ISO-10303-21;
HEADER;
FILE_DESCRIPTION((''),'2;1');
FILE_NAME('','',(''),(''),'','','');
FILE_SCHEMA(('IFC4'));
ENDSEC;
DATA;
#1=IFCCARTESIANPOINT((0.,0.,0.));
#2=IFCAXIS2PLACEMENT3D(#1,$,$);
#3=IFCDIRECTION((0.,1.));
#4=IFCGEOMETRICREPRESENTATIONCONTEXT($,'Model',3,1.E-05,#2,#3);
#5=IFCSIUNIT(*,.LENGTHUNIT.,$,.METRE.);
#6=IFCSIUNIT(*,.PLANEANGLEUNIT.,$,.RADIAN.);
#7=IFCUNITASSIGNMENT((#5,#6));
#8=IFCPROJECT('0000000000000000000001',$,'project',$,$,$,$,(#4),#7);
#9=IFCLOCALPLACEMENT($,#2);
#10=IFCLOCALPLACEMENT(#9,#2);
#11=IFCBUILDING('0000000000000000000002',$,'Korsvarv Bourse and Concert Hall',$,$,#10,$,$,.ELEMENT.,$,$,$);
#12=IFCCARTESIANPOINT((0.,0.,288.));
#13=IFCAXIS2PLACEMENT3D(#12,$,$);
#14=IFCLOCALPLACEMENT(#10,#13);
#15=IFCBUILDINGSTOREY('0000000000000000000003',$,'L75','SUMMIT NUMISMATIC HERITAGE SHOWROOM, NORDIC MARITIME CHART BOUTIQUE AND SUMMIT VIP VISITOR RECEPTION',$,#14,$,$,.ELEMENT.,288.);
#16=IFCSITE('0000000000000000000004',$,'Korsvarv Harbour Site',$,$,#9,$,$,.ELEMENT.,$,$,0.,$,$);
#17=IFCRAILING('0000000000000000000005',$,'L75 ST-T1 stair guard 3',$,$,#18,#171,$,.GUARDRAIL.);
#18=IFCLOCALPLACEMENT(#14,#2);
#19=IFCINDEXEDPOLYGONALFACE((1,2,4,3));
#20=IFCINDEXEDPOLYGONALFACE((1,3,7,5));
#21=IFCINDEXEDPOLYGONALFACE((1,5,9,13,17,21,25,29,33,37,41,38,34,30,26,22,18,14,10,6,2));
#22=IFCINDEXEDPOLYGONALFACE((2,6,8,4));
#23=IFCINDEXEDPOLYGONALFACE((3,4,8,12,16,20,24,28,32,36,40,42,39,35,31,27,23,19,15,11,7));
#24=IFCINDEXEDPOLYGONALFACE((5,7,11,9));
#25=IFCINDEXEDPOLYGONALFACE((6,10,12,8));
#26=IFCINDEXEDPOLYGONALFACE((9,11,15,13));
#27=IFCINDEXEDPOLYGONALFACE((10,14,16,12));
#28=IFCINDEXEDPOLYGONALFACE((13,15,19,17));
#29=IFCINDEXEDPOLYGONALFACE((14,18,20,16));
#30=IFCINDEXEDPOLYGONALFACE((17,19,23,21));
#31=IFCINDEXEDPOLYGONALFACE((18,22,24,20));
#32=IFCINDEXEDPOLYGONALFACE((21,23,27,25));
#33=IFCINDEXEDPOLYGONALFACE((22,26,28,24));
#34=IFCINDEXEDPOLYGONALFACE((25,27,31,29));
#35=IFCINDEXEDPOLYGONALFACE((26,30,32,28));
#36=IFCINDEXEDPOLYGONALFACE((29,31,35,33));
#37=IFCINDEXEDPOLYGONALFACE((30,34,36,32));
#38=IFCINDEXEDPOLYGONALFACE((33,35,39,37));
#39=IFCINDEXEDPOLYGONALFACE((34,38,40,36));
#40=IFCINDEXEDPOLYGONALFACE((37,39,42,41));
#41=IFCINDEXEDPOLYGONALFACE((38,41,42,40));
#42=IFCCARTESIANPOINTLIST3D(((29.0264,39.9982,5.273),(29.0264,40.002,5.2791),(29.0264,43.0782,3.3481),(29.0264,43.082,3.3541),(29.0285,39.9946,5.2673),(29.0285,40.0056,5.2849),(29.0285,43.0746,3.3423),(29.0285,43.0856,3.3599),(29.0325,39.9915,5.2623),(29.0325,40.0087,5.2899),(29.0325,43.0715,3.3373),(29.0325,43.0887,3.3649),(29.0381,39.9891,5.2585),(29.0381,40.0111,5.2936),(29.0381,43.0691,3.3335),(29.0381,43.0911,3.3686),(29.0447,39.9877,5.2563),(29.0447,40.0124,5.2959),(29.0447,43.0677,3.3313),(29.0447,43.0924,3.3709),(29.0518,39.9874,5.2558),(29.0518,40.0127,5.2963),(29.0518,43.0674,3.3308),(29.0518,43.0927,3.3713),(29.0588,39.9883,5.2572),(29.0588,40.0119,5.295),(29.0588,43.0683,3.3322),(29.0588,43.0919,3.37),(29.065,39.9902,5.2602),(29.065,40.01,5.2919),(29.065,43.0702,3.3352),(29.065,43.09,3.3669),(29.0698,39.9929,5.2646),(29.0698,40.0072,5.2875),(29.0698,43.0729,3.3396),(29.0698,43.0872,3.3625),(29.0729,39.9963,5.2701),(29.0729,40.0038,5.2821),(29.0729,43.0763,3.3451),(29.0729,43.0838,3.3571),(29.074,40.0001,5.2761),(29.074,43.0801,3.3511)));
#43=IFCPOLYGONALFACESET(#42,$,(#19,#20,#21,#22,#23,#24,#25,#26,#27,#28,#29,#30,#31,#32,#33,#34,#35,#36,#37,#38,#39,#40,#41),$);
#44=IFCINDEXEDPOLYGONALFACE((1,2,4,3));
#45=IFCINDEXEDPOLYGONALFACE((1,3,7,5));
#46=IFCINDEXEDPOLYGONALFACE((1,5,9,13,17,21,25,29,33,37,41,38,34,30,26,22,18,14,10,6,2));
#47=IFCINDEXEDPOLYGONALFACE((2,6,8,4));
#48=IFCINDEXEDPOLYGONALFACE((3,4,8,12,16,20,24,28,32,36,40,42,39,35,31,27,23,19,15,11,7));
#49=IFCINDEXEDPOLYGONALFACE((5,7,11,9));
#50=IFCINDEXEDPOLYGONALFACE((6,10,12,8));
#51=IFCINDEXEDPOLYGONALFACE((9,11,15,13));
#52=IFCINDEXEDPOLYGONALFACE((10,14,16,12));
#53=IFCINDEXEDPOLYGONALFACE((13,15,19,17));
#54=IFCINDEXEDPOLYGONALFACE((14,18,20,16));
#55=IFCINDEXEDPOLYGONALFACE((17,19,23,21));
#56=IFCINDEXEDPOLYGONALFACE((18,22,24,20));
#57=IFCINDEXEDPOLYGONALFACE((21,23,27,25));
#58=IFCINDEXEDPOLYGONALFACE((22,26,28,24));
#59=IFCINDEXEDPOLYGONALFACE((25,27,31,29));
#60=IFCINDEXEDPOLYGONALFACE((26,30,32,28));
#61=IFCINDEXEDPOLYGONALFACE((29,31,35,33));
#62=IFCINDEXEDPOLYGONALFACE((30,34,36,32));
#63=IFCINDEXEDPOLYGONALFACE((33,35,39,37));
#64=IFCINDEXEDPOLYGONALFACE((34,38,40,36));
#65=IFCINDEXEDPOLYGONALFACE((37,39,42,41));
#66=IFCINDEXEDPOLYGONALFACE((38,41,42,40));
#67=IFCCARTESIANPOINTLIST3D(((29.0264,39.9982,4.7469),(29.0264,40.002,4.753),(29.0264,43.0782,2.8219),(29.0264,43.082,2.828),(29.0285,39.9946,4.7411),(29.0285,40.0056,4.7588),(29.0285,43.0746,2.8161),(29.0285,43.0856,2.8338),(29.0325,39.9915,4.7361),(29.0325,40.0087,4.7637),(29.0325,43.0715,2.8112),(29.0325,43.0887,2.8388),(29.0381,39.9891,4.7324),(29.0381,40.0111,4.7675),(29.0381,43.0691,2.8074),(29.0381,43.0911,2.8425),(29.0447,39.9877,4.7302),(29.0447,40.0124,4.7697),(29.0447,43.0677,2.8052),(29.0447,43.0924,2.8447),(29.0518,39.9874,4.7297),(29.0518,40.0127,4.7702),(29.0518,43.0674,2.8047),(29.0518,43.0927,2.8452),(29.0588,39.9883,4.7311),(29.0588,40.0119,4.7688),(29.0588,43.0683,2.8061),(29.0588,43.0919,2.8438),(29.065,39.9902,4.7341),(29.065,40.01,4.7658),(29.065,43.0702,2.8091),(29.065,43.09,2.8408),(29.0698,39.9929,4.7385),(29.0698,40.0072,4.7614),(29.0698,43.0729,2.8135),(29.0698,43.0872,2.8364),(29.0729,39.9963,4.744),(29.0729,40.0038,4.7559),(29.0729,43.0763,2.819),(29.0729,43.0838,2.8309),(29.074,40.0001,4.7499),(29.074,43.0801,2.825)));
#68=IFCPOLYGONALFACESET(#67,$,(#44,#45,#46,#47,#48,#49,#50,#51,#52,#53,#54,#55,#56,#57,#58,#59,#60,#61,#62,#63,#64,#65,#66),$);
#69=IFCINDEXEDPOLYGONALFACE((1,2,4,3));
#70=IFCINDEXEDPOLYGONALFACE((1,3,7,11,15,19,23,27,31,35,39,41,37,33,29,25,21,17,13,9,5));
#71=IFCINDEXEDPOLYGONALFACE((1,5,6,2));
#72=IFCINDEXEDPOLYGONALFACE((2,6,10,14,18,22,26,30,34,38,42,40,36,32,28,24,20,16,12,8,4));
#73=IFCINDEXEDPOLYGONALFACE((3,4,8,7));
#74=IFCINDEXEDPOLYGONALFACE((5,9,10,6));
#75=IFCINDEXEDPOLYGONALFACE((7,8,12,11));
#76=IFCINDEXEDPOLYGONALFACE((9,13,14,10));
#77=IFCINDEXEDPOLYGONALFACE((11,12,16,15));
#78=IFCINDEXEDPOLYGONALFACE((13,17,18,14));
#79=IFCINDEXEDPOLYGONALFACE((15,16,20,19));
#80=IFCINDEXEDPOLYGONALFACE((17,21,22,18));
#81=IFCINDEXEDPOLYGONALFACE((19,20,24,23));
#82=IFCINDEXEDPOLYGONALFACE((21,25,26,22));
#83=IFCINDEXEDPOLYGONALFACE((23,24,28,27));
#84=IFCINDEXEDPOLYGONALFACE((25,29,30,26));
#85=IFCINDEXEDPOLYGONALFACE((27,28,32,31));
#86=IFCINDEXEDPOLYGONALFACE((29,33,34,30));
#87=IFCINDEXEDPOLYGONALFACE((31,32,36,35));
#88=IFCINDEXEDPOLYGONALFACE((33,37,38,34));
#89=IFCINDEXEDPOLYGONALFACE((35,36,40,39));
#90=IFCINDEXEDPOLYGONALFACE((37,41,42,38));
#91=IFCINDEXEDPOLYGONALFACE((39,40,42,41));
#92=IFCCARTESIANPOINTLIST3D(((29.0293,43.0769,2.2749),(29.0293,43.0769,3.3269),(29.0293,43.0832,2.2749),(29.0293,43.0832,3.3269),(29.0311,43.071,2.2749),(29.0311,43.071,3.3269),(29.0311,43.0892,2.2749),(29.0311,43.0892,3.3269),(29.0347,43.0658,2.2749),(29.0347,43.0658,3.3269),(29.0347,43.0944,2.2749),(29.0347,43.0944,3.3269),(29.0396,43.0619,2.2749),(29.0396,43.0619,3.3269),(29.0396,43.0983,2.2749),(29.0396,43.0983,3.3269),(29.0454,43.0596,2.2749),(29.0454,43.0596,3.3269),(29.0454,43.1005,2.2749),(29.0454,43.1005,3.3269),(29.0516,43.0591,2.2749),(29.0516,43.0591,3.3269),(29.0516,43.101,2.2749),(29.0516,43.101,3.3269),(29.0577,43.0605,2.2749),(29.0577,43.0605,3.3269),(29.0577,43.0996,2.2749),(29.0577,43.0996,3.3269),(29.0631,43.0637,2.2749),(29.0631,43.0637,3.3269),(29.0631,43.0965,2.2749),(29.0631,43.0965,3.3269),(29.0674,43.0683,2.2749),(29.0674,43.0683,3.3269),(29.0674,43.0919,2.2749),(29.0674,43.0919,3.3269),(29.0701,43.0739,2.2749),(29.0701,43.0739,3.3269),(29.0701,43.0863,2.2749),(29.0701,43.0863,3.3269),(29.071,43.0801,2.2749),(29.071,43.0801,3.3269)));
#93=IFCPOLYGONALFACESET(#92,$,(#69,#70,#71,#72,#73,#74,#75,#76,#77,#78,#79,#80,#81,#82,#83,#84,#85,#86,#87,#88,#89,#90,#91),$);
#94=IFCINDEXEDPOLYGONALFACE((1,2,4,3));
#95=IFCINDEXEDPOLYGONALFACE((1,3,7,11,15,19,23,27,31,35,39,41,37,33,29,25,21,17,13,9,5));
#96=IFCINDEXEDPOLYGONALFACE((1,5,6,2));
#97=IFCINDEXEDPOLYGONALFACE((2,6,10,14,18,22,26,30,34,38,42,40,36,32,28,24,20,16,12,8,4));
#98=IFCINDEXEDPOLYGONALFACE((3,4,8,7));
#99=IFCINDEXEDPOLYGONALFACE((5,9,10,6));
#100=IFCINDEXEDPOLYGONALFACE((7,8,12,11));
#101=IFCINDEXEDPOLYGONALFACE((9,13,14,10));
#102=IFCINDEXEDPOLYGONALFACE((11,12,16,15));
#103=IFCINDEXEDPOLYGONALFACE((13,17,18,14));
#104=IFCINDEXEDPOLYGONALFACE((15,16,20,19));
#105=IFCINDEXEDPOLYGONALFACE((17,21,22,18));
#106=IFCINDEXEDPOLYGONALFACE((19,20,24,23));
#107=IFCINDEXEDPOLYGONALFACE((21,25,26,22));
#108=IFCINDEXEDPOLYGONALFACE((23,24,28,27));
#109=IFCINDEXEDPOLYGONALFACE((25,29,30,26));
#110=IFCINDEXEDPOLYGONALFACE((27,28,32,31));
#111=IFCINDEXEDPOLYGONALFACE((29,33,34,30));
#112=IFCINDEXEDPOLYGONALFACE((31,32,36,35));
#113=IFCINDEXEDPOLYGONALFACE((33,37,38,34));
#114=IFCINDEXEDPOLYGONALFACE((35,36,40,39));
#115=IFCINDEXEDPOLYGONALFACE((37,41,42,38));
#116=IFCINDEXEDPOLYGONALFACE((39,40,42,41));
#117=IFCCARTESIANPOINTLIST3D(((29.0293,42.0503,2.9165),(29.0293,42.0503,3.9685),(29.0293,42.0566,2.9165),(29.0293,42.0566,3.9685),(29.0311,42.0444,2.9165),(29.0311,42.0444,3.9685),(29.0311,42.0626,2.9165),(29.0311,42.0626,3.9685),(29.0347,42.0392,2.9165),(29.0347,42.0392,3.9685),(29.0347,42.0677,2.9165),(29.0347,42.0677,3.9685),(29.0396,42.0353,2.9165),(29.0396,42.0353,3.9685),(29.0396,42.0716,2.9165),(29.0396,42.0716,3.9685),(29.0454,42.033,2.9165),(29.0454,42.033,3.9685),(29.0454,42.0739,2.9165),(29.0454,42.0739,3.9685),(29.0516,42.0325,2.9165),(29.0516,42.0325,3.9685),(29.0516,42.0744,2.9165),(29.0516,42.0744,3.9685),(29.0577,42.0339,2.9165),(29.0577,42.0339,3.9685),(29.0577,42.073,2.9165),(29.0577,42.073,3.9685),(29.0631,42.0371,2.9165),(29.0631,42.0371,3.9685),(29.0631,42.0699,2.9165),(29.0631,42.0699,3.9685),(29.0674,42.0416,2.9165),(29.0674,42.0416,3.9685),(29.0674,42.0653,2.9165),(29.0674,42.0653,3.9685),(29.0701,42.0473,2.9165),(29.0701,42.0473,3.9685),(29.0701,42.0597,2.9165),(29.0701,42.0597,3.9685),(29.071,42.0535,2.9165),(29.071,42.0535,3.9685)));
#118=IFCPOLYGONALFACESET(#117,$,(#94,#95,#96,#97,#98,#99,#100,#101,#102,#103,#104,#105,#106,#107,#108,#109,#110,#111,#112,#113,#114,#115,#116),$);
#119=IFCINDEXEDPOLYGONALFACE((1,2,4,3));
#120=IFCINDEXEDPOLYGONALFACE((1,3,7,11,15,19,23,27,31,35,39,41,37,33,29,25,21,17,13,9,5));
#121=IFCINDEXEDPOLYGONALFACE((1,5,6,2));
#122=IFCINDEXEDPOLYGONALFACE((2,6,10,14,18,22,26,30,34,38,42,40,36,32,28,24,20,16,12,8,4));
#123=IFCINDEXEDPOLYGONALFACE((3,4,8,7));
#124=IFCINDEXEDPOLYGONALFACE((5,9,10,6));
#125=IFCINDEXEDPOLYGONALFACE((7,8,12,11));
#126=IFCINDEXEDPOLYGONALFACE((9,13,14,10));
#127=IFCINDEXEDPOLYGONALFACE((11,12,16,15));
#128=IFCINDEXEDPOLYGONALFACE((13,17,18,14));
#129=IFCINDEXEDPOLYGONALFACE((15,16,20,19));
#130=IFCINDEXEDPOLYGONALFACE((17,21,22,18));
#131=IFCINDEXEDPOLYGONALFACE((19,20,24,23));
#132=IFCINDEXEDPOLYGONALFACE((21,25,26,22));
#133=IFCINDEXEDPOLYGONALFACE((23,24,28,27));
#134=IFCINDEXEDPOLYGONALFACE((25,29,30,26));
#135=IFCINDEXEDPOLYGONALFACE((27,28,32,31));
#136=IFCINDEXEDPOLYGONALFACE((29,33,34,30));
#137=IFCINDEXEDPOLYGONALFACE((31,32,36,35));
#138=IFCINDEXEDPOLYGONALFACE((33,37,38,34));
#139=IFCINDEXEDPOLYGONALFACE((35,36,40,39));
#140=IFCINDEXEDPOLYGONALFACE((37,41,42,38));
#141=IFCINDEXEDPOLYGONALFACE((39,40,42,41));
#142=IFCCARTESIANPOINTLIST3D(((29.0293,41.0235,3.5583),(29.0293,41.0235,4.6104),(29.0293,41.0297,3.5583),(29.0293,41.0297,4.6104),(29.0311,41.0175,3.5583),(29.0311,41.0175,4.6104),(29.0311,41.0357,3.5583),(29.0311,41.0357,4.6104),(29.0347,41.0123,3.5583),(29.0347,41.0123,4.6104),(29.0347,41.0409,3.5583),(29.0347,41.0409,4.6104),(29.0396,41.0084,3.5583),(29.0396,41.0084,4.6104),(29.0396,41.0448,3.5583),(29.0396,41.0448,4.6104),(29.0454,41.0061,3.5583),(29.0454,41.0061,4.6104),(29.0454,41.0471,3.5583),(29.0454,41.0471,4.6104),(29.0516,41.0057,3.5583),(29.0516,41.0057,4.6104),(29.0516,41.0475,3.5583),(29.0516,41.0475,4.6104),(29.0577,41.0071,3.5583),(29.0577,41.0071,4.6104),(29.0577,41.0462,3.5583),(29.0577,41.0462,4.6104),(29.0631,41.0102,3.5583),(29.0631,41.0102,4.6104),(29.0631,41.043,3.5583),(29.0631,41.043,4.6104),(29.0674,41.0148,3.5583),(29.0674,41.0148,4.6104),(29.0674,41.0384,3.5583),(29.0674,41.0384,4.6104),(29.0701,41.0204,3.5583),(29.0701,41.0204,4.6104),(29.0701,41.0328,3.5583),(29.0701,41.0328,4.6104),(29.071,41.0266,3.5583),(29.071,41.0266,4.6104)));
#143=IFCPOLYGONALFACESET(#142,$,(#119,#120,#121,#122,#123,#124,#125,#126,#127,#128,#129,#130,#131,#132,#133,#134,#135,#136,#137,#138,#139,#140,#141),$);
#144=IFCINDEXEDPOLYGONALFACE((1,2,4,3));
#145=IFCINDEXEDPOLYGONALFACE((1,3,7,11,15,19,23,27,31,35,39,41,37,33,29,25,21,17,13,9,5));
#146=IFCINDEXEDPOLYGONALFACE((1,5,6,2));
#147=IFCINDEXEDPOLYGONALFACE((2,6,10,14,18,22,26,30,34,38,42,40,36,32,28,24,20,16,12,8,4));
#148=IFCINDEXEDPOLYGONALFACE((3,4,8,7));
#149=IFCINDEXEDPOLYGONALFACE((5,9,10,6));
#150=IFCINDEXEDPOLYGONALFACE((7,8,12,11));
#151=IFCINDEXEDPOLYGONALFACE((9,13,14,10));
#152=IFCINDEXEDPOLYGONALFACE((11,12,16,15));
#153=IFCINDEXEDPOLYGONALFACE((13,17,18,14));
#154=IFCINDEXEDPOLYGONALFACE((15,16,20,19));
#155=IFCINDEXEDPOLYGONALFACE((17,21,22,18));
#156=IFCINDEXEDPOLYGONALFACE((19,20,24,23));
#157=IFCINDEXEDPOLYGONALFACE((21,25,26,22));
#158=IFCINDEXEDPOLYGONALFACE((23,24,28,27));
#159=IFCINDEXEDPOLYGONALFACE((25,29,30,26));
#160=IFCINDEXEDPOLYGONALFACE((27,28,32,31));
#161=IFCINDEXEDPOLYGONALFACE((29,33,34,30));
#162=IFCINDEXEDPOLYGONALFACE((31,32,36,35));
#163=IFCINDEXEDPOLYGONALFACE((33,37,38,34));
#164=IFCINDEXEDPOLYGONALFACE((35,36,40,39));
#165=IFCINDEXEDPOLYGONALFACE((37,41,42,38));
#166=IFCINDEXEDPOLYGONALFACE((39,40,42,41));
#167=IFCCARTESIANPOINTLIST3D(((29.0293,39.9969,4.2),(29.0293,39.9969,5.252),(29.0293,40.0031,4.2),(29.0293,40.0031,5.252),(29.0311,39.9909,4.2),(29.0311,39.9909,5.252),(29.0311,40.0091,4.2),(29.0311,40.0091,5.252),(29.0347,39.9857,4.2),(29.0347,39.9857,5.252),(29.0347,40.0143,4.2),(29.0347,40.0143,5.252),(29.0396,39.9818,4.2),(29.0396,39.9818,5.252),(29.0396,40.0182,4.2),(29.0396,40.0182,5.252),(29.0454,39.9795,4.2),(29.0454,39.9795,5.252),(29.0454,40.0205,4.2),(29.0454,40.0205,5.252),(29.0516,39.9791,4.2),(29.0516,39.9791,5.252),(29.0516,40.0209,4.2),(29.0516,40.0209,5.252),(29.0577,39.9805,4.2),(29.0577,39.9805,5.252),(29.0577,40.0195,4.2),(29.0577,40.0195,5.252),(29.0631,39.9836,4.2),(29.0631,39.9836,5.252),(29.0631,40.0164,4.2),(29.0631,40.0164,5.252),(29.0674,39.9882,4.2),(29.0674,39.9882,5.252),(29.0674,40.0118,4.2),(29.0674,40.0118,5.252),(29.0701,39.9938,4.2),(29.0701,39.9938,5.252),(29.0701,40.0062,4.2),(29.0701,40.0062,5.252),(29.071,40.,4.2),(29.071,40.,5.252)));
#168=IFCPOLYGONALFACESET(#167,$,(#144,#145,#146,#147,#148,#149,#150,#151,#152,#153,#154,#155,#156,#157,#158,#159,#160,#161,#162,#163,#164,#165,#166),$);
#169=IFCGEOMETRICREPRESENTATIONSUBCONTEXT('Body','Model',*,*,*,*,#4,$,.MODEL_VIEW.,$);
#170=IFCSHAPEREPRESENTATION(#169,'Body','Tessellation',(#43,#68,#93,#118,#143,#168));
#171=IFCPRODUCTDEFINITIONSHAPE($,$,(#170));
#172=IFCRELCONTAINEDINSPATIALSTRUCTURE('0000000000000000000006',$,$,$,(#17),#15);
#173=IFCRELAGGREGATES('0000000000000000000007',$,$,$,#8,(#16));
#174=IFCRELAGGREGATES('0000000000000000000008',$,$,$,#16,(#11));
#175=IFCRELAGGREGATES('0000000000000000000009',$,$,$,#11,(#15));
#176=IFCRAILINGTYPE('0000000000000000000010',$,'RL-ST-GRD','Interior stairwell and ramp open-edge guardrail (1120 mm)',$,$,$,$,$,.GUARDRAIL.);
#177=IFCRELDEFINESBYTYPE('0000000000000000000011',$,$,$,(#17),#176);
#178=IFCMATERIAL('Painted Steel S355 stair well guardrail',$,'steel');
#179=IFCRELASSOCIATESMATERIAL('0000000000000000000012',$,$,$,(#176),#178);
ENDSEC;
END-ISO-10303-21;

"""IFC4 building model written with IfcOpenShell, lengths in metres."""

from ifc_helpers import new_model, si_unit, direction, frame, origin, origin_2d, place, context, subcontext, project, spatial, circle, extrude, material, type_object, element, save


model = new_model("IFC4")

# Units and contexts
model_context = context("Model", 3, precision=1e-05, world=origin(), true_north=direction((0.0, 1.0)))
body_context = subcontext(model_context, "Body", "Model", "MODEL_VIEW")
ifc_project = project(units=[si_unit("LENGTHUNIT", "METRE"), si_unit("PLANEANGLEUNIT", "RADIAN")], contexts=[model_context])

# Site, building, storey
site_placement = place(None, origin())
site = spatial("IfcSite", under=ifc_project, at=site_placement, Name="Korsvarv Harbour Site", CompositionType="ELEMENT", RefElevation=0.0)
building_placement = place(site_placement, origin())
building = spatial("IfcBuilding", under=site, at=building_placement, Name="Korsvarv Bourse and Concert Hall", CompositionType="ELEMENT")
storey_placement = place(building_placement, frame((0.0, 0.0, 288.0)))
storey = spatial("IfcBuildingStorey", under=building, at=storey_placement, Name="L75", Description="SUMMIT NUMISMATIC HERITAGE SHOWROOM, NORDIC MARITIME CHART BOUTIQUE AND SUMMIT VIP VISITOR RECEPTION", CompositionType="ELEMENT", Elevation=288.0)

# Railing
ifc_material_1 = material(Name="Painted Steel S355 stair well guardrail", Category="steel")
railing_type_1 = type_object("IfcRailingType", Name="RL-ST-GRD", Description="Interior stairwell and ramp open-edge guardrail (1120 mm)", PredefinedType="GUARDRAIL", material=ifc_material_1)
railing_1_placement = place(storey_placement, frame((29.05, 43.0801, 2.2749)))
element("IfcRailing", 1, at=railing_1_placement, inside=storey, type_object=railing_type_1, Name="L75 ST-T1 stair guard 3", PredefinedType="GUARDRAIL", context=body_context, shape_type="SweptSolid", body=[
    extrude(circle(Radius=0.0239, at=origin_2d()), frame((0.0, 0.0, 1.0762), z_axis=(0.0, -0.847998, 0.529999), x_axis=(1.0, 0.0, 0.0)), (0.0, 0.0, 1.0), 3.6321),
    extrude(circle(Radius=0.0239, at=origin_2d()), frame((0.0, 0.0, 0.55), z_axis=(0.0, -0.847998, 0.529999), x_axis=(1.0, 0.0, 0.0)), (0.0, 0.0, 1.0), 3.6321),
    extrude(circle(Radius=0.021, at=origin_2d()), origin(), (0.0, 0.0, 1.0), 1.052),
    extrude(circle(Radius=0.021, at=origin_2d()), frame((0.0, -1.0266, 0.6416)), (0.0, 0.0, 1.0), 1.052),
    extrude(circle(Radius=0.021, at=origin_2d()), frame((0.0, -2.0535, 1.2834)), (0.0, 0.0, 1.0), 1.052),
    extrude(circle(Radius=0.021, at=origin_2d()), frame((0.0, -3.0801, 1.925)), (0.0, 0.0, 1.0), 1.052),
])

save(model, "model.ifc")
